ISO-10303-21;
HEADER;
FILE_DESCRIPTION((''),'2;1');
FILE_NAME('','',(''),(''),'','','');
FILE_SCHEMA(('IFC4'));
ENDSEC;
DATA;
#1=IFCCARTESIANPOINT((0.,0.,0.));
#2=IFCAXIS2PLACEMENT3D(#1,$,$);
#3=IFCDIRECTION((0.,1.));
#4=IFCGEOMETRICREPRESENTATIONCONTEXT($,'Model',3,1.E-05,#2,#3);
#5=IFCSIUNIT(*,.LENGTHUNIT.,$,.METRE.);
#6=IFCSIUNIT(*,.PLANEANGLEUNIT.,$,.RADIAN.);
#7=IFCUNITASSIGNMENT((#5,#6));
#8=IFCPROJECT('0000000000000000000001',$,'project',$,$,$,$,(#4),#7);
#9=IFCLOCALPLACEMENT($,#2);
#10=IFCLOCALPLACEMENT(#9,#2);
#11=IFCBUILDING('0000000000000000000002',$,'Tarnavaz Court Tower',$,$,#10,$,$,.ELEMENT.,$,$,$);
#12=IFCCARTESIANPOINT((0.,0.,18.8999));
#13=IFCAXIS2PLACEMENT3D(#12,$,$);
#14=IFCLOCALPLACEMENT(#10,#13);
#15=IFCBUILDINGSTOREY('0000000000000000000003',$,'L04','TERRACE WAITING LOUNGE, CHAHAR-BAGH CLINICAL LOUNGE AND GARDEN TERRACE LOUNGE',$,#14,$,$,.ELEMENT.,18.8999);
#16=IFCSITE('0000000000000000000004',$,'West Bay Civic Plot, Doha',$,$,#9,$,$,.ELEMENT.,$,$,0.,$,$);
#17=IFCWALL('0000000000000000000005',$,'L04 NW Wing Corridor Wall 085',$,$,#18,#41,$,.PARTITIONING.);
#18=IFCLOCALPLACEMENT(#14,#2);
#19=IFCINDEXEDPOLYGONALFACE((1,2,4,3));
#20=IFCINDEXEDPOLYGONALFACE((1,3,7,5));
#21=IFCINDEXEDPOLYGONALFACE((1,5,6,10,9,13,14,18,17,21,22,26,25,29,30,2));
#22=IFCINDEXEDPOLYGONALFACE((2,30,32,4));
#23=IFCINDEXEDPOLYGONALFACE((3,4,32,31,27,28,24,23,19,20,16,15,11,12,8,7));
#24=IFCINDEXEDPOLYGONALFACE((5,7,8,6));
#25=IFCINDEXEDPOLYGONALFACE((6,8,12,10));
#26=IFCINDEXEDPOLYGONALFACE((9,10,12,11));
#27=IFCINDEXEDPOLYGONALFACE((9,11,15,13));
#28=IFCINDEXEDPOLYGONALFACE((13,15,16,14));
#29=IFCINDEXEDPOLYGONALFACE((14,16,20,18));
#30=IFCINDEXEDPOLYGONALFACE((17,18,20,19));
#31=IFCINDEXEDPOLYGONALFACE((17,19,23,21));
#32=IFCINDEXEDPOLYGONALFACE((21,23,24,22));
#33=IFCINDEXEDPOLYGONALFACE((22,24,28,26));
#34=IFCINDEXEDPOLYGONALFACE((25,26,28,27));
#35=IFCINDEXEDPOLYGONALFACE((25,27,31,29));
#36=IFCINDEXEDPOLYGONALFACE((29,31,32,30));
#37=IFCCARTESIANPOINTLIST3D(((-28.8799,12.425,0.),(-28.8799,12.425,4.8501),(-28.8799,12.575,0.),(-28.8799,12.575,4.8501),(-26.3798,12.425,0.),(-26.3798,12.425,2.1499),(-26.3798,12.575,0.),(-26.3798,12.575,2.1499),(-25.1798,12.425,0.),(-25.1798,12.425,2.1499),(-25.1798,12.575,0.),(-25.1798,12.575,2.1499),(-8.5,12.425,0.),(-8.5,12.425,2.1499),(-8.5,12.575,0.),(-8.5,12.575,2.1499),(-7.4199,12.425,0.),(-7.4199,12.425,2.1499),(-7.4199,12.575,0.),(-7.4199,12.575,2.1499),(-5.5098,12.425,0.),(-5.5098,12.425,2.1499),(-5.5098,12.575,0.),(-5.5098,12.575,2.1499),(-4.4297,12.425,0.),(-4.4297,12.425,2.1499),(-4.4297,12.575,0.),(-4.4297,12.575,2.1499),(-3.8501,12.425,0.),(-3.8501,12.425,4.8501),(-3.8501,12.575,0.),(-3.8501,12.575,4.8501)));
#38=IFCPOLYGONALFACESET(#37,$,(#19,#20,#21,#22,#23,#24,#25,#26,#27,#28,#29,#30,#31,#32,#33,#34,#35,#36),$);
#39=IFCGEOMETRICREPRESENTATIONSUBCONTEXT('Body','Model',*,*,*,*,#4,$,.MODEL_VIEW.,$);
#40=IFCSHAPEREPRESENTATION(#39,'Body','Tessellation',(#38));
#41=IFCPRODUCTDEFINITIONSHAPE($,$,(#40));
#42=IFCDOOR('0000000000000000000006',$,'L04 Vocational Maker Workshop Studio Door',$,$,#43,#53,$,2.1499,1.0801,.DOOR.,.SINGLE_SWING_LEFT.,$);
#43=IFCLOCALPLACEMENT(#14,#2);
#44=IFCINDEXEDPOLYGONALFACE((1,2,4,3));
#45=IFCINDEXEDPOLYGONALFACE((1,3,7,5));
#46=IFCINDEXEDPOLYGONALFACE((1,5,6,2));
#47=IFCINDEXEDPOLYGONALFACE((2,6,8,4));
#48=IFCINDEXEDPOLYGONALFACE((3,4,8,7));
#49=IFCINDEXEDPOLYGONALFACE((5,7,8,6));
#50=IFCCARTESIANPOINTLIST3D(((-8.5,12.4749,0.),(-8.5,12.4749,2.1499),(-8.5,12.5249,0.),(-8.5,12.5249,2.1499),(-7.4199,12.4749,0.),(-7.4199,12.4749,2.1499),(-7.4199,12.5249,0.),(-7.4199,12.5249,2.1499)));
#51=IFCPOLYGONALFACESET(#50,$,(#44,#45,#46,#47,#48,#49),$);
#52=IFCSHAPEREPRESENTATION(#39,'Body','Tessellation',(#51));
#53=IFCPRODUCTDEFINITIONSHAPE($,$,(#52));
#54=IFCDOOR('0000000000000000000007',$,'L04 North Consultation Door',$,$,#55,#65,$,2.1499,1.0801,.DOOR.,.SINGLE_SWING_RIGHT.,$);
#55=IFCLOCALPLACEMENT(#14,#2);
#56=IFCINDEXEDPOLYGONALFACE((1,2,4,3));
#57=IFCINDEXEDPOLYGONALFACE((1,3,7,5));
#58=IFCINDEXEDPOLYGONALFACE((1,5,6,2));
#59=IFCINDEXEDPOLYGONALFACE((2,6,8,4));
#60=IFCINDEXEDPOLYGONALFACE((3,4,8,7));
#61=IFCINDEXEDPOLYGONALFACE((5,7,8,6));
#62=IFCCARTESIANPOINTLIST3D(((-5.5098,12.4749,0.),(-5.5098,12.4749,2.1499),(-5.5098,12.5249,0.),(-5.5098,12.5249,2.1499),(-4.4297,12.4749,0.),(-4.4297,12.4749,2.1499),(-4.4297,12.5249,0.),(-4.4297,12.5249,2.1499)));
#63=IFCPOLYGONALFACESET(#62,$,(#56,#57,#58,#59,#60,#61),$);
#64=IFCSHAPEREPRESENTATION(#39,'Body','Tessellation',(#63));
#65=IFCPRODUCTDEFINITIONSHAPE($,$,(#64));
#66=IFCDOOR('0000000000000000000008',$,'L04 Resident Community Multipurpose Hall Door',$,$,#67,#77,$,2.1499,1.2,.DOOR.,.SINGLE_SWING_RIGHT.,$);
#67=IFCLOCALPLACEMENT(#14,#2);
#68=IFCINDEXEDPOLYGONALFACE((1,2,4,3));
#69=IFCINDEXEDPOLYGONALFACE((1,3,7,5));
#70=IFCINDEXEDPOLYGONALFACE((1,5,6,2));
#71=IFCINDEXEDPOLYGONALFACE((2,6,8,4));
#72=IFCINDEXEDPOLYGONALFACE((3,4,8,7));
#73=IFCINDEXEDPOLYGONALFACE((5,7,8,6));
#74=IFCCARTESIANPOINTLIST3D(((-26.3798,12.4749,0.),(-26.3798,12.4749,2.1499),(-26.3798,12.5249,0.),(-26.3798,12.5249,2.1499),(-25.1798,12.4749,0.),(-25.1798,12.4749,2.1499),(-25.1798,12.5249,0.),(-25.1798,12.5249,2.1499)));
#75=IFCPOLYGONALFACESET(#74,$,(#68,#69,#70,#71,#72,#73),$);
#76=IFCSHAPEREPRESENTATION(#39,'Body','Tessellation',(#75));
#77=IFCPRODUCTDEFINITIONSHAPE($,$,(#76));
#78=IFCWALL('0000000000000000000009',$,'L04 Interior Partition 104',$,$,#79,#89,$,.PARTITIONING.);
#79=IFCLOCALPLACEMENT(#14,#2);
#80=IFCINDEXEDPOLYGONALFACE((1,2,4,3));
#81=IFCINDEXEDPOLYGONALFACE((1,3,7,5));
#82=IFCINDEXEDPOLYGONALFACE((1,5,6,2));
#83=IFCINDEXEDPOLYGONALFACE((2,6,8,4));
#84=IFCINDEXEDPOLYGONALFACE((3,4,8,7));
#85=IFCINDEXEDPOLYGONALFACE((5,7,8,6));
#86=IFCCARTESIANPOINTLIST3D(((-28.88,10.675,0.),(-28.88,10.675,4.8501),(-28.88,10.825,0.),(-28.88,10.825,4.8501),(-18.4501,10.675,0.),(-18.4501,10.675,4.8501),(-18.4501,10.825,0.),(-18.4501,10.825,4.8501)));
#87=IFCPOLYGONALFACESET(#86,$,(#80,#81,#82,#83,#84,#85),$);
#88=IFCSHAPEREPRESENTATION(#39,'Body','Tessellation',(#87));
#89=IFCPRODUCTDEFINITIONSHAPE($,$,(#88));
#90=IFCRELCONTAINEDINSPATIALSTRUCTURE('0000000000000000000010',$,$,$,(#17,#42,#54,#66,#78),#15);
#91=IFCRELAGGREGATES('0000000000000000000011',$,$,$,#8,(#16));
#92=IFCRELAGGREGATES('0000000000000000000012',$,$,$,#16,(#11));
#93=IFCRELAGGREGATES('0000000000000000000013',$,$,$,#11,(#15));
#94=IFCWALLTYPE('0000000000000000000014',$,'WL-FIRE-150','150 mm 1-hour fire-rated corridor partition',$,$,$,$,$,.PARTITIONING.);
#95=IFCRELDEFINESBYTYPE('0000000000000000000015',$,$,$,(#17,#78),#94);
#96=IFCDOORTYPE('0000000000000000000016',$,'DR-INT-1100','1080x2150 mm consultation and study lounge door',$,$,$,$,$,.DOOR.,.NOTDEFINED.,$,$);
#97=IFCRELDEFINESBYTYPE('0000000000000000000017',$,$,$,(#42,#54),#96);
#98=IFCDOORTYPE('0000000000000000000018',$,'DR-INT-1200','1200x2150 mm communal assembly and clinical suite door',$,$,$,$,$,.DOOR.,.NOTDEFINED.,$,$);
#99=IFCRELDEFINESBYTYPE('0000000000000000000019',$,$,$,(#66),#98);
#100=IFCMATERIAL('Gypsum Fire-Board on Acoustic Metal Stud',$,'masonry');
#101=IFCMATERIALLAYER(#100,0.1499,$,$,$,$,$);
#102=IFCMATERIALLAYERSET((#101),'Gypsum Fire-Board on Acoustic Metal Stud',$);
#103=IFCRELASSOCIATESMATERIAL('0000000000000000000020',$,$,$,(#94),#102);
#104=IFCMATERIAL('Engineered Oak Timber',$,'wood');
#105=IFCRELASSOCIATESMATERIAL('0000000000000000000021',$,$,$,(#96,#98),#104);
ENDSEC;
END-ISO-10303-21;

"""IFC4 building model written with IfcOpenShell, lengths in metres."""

from ifc_helpers import new_model, si_unit, direction, frame, frame_2d, origin, place, context, subcontext, project, spatial, rectangle, extrude, material, layer, layer_set, type_object, element, fill, save


model = new_model("IFC4")

# Units and contexts
model_context = context("Model", 3, precision=1e-05, world=origin(), true_north=direction((0.0, 1.0)))
body_context = subcontext(model_context, "Body", "Model", "MODEL_VIEW")
ifc_project = project(units=[si_unit("LENGTHUNIT", "METRE"), si_unit("PLANEANGLEUNIT", "RADIAN")], contexts=[model_context])

# Site, building, storey
site_placement = place(None, origin())
site = spatial("IfcSite", under=ifc_project, at=site_placement, Name="West Bay Civic Plot, Doha", CompositionType="ELEMENT", RefElevation=0.0)
building_placement = place(site_placement, origin())
building = spatial("IfcBuilding", under=site, at=building_placement, Name="Tarnavaz Court Tower", CompositionType="ELEMENT")
storey_placement = place(building_placement, frame((0.0, 0.0, 18.8999)))
storey = spatial("IfcBuildingStorey", under=building, at=storey_placement, Name="L04", Description="TERRACE WAITING LOUNGE, CHAHAR-BAGH CLINICAL LOUNGE AND GARDEN TERRACE LOUNGE", CompositionType="ELEMENT", Elevation=18.8999)

# Wall, openings, doors
ifc_material_1 = material(Name="Gypsum Fire-Board on Acoustic Metal Stud", Category="masonry")
ifc_layer_1 = layer(ifc_material_1, 0.1499)
ifc_layer_set_1 = layer_set([ifc_layer_1], Name="Gypsum Fire-Board on Acoustic Metal Stud")
wall_type_1 = type_object("IfcWallType", Name="WL-FIRE-150", Description="150 mm 1-hour fire-rated corridor partition", PredefinedType="PARTITIONING", material=ifc_layer_set_1)
wall_1_placement = place(storey_placement, frame((-28.8799, 12.5, 0.0), z_axis=(0.0, 0.0, 1.0), x_axis=(1.0, 0.0, 0.0)))
wall_1 = element("IfcWall", 1, at=wall_1_placement, inside=storey, type_object=wall_type_1, Name="L04 NW Wing Corridor Wall 085", PredefinedType="PARTITIONING", context=body_context, shape_type="SweptSolid", body=[
    extrude(rectangle(XDim=25.0298, YDim=0.1499, at=frame_2d((12.5149, 0.0))), origin(), (0.0, 0.0, 1.0), 4.8501),
])
opening_1_placement = place(wall_1_placement, frame((2.5, 0.0, 0.0)))
opening_1 = element("IfcOpeningElement", 2, at=opening_1_placement, cuts=wall_1, PredefinedType="OPENING", context=body_context, shape_type="SweptSolid", body=[
    extrude(rectangle(XDim=1.2, YDim=2.1499, at=frame_2d((0.6001, 1.075))), frame((0.0, 0.085, 0.0), z_axis=(0.0, -1.0, 0.0), x_axis=(1.0, 0.0, 0.0)), (0.0, 0.0, 1.0), 0.1699),
])
opening_2_placement = place(wall_1_placement, frame((20.3799, 0.0, 0.0)))
opening_2 = element("IfcOpeningElement", 3, at=opening_2_placement, cuts=wall_1, PredefinedType="OPENING", context=body_context, shape_type="SweptSolid", body=[
    extrude(rectangle(XDim=1.0801, YDim=2.1499, at=frame_2d((0.54, 1.075))), frame((0.0, 0.085, 0.0), z_axis=(0.0, -1.0, 0.0), x_axis=(1.0, 0.0, 0.0)), (0.0, 0.0, 1.0), 0.1699),
])
opening_3_placement = place(wall_1_placement, frame((23.3701, 0.0, 0.0)))
opening_3 = element("IfcOpeningElement", 4, at=opening_3_placement, cuts=wall_1, PredefinedType="OPENING", context=body_context, shape_type="SweptSolid", body=[
    extrude(rectangle(XDim=1.0801, YDim=2.1499, at=frame_2d((0.54, 1.075))), frame((0.0, 0.085, 0.0), z_axis=(0.0, -1.0, 0.0), x_axis=(1.0, 0.0, 0.0)), (0.0, 0.0, 1.0), 0.1699),
])
ifc_material_2 = material(Name="Engineered Oak Timber", Category="wood")
door_type_1 = type_object("IfcDoorType", Name="DR-INT-1100", Description="1080x2150 mm consultation and study lounge door", OperationType="NOTDEFINED", PredefinedType="DOOR", material=ifc_material_2)
door_1_placement = place(opening_2_placement, origin())
door_1 = element("IfcDoor", 5, at=door_1_placement, inside=storey, type_object=door_type_1, Name="L04 Vocational Maker Workshop Studio Door", OperationType="SINGLE_SWING_LEFT", OverallHeight=2.1499, OverallWidth=1.0801, PredefinedType="DOOR", context=body_context, shape_type="SweptSolid", body=[
    extrude(rectangle(XDim=1.0801, YDim=2.1499, at=frame_2d((0.54, 1.075))), frame((0.0, 0.0249, 0.0), z_axis=(0.0, -1.0, 0.0), x_axis=(1.0, 0.0, 0.0)), (0.0, 0.0, 1.0), 0.05),
])
fill(opening_2, door_1)
door_2_placement = place(opening_3_placement, origin())
door_2 = element("IfcDoor", 6, at=door_2_placement, inside=storey, type_object=door_type_1, Name="L04 North Consultation Door", OperationType="SINGLE_SWING_RIGHT", OverallHeight=2.1499, OverallWidth=1.0801, PredefinedType="DOOR", context=body_context, shape_type="SweptSolid", body=[
    extrude(rectangle(XDim=1.0801, YDim=2.1499, at=frame_2d((0.54, 1.075))), frame((0.0, 0.0249, 0.0), z_axis=(0.0, -1.0, 0.0), x_axis=(1.0, 0.0, 0.0)), (0.0, 0.0, 1.0), 0.05),
])
fill(opening_3, door_2)
door_type_2 = type_object("IfcDoorType", Name="DR-INT-1200", Description="1200x2150 mm communal assembly and clinical suite door", OperationType="NOTDEFINED", PredefinedType="DOOR", material=ifc_material_2)
door_3_placement = place(opening_1_placement, origin())
door_3 = element("IfcDoor", 7, at=door_3_placement, inside=storey, type_object=door_type_2, Name="L04 Resident Community Multipurpose Hall Door", OperationType="SINGLE_SWING_RIGHT", OverallHeight=2.1499, OverallWidth=1.2, PredefinedType="DOOR", context=body_context, shape_type="SweptSolid", body=[
    extrude(rectangle(XDim=1.2, YDim=2.1499, at=frame_2d((0.6001, 1.075))), frame((0.0, 0.0249, 0.0), z_axis=(0.0, -1.0, 0.0), x_axis=(1.0, 0.0, 0.0)), (0.0, 0.0, 1.0), 0.05),
])
fill(opening_1, door_3)

# Wall
wall_2_placement = place(storey_placement, frame((-28.8799, 10.75, 0.0), z_axis=(0.0, 0.0, 1.0), x_axis=(1.0, 0.0, 0.0)))
element("IfcWall", 8, at=wall_2_placement, inside=storey, type_object=wall_type_1, Name="L04 Interior Partition 104", PredefinedType="PARTITIONING", context=body_context, shape_type="SweptSolid", body=[
    extrude(rectangle(XDim=10.4299, YDim=0.1499, at=frame_2d((5.2148, 0.0))), origin(), (0.0, 0.0, 1.0), 4.8501),
])

save(model, "model.ifc")
